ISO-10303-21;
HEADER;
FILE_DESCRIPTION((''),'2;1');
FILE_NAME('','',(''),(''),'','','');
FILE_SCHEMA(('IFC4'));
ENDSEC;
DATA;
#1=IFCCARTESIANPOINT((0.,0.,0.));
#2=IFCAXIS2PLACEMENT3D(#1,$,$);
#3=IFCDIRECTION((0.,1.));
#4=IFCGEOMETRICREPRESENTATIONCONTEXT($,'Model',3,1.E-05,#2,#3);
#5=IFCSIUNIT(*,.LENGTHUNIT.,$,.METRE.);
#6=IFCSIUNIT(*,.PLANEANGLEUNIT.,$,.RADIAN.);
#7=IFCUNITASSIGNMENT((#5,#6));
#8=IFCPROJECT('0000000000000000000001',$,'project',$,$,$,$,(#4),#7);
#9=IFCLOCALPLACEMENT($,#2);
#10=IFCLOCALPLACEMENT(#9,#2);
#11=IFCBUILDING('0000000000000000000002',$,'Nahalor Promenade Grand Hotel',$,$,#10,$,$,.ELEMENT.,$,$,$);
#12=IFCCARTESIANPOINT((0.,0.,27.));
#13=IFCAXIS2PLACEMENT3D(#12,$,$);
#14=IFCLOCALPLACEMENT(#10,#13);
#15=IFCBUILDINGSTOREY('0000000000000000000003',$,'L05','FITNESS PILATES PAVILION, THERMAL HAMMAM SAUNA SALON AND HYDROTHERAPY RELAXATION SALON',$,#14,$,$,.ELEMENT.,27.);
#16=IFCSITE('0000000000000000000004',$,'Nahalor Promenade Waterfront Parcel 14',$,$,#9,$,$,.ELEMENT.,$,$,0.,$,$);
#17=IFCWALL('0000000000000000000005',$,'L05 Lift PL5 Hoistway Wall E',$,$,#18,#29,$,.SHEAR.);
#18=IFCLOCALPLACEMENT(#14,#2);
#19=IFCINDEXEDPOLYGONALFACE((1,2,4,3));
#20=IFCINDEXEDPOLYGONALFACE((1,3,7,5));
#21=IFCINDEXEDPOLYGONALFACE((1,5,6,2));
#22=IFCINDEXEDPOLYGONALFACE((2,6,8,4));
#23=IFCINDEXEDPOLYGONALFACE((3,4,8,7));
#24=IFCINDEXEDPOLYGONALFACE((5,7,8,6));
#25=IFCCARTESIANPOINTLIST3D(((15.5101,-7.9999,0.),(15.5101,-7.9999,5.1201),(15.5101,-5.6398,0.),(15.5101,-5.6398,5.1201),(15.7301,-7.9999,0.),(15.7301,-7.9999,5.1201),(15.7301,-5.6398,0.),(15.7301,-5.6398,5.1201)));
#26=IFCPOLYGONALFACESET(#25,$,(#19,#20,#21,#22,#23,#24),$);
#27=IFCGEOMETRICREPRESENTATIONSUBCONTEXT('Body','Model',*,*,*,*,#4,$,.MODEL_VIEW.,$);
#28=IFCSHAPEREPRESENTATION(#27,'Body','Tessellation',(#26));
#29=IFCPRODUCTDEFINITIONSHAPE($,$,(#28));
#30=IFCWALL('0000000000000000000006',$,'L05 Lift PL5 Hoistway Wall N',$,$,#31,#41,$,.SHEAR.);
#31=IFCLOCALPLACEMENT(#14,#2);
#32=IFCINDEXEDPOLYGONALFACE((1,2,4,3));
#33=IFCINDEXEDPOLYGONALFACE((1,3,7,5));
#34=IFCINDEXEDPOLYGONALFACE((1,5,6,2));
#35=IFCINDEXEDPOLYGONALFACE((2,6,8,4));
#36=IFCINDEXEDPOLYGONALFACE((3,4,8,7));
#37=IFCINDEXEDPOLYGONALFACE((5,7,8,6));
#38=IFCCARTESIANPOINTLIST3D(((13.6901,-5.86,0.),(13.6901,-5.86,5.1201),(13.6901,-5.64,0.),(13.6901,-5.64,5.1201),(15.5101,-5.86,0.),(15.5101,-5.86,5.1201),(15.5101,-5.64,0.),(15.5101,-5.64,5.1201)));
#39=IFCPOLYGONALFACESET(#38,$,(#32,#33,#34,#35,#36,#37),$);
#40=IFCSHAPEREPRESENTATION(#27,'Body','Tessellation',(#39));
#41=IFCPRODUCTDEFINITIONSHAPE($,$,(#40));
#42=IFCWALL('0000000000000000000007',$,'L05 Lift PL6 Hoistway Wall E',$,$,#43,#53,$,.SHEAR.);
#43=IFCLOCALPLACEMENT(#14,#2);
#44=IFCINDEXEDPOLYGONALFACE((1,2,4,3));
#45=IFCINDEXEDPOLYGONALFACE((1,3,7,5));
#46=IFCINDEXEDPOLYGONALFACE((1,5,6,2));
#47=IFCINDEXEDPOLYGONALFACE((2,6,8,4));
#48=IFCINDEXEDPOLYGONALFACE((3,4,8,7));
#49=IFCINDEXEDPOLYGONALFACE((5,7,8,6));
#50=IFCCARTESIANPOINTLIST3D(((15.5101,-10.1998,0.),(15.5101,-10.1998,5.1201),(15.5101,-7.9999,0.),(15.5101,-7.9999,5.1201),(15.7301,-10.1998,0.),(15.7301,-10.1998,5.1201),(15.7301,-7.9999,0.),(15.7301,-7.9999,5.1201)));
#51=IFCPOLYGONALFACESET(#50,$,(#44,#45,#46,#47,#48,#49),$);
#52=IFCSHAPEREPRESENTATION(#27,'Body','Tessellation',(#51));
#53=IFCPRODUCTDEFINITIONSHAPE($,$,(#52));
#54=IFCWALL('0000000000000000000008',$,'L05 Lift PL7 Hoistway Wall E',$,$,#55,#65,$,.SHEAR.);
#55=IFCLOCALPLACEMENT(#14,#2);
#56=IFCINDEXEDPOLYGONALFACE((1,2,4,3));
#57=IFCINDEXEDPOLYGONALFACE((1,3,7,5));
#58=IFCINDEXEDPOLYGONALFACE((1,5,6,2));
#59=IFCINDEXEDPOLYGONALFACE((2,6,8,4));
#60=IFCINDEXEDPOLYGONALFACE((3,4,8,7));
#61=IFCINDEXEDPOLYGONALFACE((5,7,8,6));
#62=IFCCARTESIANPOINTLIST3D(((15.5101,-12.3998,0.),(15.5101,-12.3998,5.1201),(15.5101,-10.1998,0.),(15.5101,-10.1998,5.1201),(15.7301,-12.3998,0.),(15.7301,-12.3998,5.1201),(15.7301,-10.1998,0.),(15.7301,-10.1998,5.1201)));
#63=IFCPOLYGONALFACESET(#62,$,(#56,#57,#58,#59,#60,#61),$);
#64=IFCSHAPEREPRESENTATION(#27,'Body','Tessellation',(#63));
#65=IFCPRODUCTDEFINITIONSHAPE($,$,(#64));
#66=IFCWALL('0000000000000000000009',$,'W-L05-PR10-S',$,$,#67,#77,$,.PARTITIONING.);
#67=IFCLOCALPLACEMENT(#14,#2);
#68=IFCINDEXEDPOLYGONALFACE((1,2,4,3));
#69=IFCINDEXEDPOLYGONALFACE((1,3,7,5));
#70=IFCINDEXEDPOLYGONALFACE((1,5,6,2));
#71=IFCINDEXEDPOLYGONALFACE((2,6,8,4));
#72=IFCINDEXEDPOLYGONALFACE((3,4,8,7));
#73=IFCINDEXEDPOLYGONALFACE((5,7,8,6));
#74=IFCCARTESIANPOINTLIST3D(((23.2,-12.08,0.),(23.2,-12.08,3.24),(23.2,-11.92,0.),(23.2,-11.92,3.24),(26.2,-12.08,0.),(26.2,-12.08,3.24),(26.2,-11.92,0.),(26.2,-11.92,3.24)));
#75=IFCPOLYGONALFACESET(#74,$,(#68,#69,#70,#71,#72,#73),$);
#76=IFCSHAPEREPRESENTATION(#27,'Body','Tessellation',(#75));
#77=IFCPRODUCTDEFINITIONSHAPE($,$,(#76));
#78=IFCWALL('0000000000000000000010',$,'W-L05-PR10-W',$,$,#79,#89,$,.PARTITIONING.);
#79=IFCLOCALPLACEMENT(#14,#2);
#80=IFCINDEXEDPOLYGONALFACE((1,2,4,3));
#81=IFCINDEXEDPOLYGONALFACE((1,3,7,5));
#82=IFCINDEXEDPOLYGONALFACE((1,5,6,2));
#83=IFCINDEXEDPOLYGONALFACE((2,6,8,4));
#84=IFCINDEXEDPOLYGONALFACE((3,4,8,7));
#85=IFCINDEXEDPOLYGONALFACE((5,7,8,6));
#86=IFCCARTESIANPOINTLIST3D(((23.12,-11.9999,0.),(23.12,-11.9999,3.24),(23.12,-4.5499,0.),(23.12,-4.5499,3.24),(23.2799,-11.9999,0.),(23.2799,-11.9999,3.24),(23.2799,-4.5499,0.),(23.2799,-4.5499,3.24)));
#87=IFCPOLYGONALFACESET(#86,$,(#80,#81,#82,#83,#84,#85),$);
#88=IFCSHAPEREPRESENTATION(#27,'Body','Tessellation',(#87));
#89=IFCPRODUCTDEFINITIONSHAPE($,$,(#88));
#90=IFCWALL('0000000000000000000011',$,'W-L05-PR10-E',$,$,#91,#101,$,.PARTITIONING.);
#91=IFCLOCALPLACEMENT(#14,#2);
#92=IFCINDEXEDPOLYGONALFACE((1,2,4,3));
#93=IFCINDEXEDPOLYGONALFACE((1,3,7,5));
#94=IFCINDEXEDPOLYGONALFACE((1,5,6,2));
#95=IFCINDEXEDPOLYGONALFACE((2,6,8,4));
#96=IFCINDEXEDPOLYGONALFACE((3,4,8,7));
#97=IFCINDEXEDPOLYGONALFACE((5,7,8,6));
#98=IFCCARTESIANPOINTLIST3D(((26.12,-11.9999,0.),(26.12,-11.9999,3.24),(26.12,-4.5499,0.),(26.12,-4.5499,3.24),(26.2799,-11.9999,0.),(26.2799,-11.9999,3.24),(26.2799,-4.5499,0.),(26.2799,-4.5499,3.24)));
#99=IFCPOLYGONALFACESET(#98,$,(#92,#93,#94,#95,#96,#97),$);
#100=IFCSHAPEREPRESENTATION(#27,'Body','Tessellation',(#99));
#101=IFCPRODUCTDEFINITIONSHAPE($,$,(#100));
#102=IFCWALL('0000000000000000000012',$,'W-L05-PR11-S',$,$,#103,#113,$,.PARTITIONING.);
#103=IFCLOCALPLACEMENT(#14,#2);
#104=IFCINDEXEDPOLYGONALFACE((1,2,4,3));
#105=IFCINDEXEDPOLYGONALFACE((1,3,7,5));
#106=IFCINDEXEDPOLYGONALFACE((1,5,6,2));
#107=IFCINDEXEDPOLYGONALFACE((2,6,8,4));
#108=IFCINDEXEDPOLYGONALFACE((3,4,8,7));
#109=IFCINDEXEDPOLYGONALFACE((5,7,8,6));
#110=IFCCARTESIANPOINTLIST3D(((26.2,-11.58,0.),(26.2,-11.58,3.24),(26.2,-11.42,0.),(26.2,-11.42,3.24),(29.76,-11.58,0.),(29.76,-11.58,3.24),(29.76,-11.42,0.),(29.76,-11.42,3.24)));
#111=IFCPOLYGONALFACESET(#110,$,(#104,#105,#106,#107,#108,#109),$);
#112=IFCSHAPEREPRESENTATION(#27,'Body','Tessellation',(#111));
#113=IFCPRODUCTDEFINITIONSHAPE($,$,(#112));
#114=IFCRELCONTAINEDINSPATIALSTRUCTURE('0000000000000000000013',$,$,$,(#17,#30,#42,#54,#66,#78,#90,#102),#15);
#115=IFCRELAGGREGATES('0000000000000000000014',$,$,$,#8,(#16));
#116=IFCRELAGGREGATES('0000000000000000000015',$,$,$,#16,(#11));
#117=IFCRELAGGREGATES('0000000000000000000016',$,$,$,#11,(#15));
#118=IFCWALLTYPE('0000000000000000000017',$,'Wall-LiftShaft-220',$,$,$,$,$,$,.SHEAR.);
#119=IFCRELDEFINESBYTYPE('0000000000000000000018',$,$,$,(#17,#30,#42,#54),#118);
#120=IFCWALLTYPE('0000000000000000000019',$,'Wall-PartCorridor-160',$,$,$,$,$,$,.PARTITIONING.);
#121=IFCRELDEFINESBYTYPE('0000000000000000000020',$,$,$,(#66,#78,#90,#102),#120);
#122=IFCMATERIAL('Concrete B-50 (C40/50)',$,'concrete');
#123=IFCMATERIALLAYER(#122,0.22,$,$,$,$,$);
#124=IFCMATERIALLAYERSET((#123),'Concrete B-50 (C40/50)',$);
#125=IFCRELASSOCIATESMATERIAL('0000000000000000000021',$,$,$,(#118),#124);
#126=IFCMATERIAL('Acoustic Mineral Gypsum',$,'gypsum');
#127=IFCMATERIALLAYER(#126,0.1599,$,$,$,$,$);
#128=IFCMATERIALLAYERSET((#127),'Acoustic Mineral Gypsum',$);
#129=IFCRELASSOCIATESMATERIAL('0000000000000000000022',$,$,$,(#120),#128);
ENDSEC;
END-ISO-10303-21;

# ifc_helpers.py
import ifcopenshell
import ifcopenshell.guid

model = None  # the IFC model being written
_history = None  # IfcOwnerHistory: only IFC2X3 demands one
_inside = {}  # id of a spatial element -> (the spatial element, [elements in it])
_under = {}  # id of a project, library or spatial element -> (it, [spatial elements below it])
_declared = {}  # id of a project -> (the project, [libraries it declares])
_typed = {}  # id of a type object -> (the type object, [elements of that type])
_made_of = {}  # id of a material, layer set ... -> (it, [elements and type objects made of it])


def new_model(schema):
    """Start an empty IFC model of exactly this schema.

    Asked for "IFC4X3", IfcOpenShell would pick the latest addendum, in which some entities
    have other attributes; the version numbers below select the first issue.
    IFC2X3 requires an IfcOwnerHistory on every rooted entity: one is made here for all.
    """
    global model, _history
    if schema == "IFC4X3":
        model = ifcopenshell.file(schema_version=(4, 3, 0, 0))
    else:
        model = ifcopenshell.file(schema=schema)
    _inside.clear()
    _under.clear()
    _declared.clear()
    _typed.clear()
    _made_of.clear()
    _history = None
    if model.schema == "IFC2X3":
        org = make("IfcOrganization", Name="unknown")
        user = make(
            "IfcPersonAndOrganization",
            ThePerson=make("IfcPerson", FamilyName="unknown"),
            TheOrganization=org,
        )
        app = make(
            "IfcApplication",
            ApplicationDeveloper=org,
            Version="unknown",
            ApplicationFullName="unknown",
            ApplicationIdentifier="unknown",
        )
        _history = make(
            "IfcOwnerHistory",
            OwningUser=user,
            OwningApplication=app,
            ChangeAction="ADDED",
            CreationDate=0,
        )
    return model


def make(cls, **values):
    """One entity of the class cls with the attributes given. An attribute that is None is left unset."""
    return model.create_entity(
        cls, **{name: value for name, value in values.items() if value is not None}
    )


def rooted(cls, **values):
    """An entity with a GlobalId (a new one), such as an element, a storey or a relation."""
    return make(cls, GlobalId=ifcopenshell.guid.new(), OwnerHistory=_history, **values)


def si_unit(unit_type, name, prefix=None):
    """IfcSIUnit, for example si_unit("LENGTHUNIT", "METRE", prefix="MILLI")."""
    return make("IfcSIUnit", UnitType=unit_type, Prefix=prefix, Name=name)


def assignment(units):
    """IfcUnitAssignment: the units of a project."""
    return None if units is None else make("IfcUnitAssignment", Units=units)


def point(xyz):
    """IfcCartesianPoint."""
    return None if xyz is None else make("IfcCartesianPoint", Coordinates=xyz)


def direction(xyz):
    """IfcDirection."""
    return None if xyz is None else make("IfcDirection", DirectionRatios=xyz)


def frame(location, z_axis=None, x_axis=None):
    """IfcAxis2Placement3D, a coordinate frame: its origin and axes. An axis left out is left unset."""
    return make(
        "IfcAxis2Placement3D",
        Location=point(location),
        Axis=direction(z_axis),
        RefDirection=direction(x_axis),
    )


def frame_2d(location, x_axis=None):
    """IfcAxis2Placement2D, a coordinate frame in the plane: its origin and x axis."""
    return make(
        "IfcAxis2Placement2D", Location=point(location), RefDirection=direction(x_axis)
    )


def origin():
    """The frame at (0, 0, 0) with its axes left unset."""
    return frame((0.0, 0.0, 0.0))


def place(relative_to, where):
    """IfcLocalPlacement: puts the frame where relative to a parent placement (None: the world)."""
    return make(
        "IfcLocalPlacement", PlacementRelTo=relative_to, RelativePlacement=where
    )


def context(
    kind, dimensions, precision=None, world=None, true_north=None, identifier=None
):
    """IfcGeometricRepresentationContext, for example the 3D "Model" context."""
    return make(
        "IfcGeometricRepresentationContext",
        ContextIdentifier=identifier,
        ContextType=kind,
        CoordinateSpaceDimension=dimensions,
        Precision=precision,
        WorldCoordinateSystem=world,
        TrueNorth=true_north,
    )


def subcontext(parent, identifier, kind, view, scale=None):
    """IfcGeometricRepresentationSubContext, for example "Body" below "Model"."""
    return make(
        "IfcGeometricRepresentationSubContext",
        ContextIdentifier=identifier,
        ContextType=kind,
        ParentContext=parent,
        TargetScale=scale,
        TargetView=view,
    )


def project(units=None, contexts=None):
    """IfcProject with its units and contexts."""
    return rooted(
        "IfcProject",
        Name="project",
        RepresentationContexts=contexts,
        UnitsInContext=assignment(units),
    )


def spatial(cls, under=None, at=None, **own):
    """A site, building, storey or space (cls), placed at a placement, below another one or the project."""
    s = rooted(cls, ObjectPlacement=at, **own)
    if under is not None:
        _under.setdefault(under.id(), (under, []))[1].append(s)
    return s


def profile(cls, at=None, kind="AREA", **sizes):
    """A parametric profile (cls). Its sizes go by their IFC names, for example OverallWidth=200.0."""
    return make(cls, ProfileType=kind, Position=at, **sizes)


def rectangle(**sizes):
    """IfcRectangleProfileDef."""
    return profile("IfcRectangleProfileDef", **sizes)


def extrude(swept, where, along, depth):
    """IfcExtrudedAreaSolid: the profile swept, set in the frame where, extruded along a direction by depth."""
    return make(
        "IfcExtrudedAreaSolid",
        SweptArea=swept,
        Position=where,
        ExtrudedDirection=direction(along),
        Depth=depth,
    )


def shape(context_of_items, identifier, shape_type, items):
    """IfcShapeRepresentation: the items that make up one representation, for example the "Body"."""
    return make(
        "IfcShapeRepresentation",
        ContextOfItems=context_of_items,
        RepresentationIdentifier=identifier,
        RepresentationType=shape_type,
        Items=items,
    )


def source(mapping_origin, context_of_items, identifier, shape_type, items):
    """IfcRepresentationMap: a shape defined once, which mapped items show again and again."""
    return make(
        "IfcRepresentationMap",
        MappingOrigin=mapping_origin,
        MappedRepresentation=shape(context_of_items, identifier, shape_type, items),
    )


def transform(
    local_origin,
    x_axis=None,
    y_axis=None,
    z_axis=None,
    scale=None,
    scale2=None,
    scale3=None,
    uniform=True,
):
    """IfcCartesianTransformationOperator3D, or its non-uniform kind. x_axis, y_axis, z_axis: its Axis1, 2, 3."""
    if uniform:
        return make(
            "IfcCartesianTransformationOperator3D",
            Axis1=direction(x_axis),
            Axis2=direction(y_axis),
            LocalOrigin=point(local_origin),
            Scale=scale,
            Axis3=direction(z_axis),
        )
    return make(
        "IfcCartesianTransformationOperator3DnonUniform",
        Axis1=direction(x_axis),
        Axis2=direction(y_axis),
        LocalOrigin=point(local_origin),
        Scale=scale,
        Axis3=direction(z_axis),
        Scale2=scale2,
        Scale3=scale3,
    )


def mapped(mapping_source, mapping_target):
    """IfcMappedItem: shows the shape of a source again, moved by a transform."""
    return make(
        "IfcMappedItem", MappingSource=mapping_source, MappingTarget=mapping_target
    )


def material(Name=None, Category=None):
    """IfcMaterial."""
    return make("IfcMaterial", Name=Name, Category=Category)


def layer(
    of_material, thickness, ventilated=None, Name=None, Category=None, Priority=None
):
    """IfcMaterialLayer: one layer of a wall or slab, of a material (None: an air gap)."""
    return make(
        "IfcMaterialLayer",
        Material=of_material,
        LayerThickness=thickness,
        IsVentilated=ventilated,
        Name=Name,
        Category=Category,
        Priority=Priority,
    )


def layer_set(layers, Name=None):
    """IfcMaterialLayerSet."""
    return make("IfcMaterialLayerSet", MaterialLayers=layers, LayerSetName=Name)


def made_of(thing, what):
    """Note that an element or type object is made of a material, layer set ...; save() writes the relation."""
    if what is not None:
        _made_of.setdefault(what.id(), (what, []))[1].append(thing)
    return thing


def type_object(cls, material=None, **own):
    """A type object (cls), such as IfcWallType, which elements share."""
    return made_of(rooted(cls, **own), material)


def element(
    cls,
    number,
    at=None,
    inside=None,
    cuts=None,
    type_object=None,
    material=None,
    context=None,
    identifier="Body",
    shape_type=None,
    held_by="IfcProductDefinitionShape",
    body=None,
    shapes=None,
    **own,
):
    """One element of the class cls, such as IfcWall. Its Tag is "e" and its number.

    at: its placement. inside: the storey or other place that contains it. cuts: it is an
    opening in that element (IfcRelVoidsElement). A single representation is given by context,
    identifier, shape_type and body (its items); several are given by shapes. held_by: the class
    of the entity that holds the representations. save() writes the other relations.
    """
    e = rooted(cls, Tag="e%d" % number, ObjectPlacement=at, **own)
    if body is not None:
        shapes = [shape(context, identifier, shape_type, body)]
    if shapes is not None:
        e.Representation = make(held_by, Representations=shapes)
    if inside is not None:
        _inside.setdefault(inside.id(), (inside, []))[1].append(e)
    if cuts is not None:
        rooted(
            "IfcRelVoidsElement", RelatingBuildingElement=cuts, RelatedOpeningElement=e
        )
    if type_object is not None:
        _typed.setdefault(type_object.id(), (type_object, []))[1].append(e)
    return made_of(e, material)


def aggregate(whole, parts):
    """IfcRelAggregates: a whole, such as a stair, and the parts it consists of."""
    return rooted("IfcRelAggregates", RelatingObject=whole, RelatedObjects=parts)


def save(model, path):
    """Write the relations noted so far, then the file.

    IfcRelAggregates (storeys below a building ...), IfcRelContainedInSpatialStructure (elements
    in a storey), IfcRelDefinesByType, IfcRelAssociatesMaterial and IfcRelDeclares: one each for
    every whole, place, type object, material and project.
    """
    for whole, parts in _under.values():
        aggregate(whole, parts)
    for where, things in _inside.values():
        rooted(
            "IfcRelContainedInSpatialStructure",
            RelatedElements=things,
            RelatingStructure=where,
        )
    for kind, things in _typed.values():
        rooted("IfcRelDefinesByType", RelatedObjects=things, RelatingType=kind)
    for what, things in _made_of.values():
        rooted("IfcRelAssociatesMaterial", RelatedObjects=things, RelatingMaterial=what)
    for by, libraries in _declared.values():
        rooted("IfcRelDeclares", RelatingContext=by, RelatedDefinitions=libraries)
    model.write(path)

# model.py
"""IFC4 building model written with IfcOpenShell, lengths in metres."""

from ifc_helpers import new_model, si_unit, direction, frame, frame_2d, origin, place, context, subcontext, project, spatial, rectangle, extrude, source, transform, mapped, material, layer, layer_set, type_object, element, save


model = new_model("IFC4")

# Units and contexts
model_context = context("Model", 3, precision=1e-05, world=origin(), true_north=direction((0.0, 1.0)))
body_context = subcontext(model_context, "Body", "Model", "MODEL_VIEW")
ifc_project = project(units=[si_unit("LENGTHUNIT", "METRE"), si_unit("PLANEANGLEUNIT", "RADIAN")], contexts=[model_context])

# Site, building, storey
site_placement = place(None, origin())
site = spatial("IfcSite", under=ifc_project, at=site_placement, Name="Nahalor Promenade Waterfront Parcel 14", CompositionType="ELEMENT", RefElevation=0.0)
building_placement = place(site_placement, origin())
building = spatial("IfcBuilding", under=site, at=building_placement, Name="Nahalor Promenade Grand Hotel", CompositionType="ELEMENT")
storey_placement = place(building_placement, frame((0.0, 0.0, 27.0)))
storey = spatial("IfcBuildingStorey", under=building, at=storey_placement, Name="L05", Description="FITNESS PILATES PAVILION, THERMAL HAMMAM SAUNA SALON AND HYDROTHERAPY RELAXATION SALON", CompositionType="ELEMENT", Elevation=27.0)

# Shared definitions
ifc_material_1 = material(Name="Concrete B-50 (C40/50)", Category="concrete")

# Walls
ifc_layer_1 = layer(ifc_material_1, 0.22)
ifc_layer_set_1 = layer_set([ifc_layer_1], Name="Concrete B-50 (C40/50)")
wall_type_1 = type_object("IfcWallType", Name="Wall-LiftShaft-220", PredefinedType="SHEAR", material=ifc_layer_set_1)
shared_shape_1 = source(origin(), body_context, "Body", "SweptSolid", [
    extrude(rectangle(XDim=2.3601, YDim=0.22, at=frame_2d((1.1802, 0.0))), origin(), (0.0, 0.0, 1.0), 5.1201),
])
wall_1_placement = place(storey_placement, frame((15.6201, -8.0, 0.0), z_axis=(0.0, 0.0, 1.0), x_axis=(0.0, 1.0, 0.0)))
element("IfcWall", 1, at=wall_1_placement, inside=storey, type_object=wall_type_1, Name="L05 Lift PL5 Hoistway Wall E", PredefinedType="SHEAR", context=body_context, shape_type="MappedRepresentation", body=[
    mapped(shared_shape_1, transform((0.0, 0.0, 0.0), scale=1.0)),
])
shared_shape_2 = source(origin(), body_context, "Body", "SweptSolid", [
    extrude(rectangle(XDim=1.8201, YDim=0.22, at=frame_2d((0.9102, 0.0))), origin(), (0.0, 0.0, 1.0), 5.1201),
])
wall_2_placement = place(storey_placement, frame((13.6899, -5.75, 0.0), z_axis=(0.0, 0.0, 1.0), x_axis=(1.0, 0.0, 0.0)))
element("IfcWall", 2, at=wall_2_placement, inside=storey, type_object=wall_type_1, Name="L05 Lift PL5 Hoistway Wall N", PredefinedType="SHEAR", context=body_context, shape_type="MappedRepresentation", body=[
    mapped(shared_shape_2, transform((0.0, 0.0, 0.0), scale=1.0)),
])
shared_shape_3 = source(origin(), body_context, "Body", "SweptSolid", [
    extrude(rectangle(XDim=2.2, YDim=0.22, at=frame_2d((1.1001, 0.0))), origin(), (0.0, 0.0, 1.0), 5.1201),
])
for number, where, z_axis, x_axis, name in (
    (3, (15.6201, -10.2, 0.0), (0.0, 0.0, 1.0), (0.0, 1.0, 0.0), "L05 Lift PL6 Hoistway Wall E"),
    (4, (15.6201, -12.3999, 0.0), (0.0, 0.0, 1.0), (0.0, 1.0, 0.0), "L05 Lift PL7 Hoistway Wall E"),
):
    element("IfcWall", number, at=place(storey_placement, frame(where, z_axis=z_axis, x_axis=x_axis)), inside=storey, type_object=wall_type_1, Name=name, PredefinedType="SHEAR", context=body_context, shape_type="MappedRepresentation", body=[
        mapped(shared_shape_3, transform((0.0, 0.0, 0.0), scale=1.0)),
    ])
ifc_material_2 = material(Name="Acoustic Mineral Gypsum", Category="gypsum")
ifc_layer_2 = layer(ifc_material_2, 0.1599)
ifc_layer_set_2 = layer_set([ifc_layer_2], Name="Acoustic Mineral Gypsum")
wall_type_2 = type_object("IfcWallType", Name="Wall-PartCorridor-160", PredefinedType="PARTITIONING", material=ifc_layer_set_2)
shared_shape_4 = source(origin(), body_context, "Body", "SweptSolid", [
    extrude(rectangle(XDim=3.0, YDim=0.1599, at=frame_2d((1.5, 0.0))), origin(), (0.0, 0.0, 1.0), 3.24),
])
wall_3_placement = place(storey_placement, frame((23.2, -12.0, 0.0), z_axis=(0.0, 0.0, 1.0), x_axis=(1.0, 0.0, 0.0)))
element("IfcWall", 5, at=wall_3_placement, inside=storey, type_object=wall_type_2, Name="W-L05-PR10-S", PredefinedType="PARTITIONING", context=body_context, shape_type="MappedRepresentation", body=[
    mapped(shared_shape_4, transform((0.0, 0.0, 0.0), scale=1.0)),
])
shared_shape_5 = source(origin(), body_context, "Body", "SweptSolid", [
    extrude(rectangle(XDim=7.45, YDim=0.1599, at=frame_2d((3.7251, 0.0))), origin(), (0.0, 0.0, 1.0), 3.24),
])
for number, where, z_axis, x_axis, name in (
    (6, (23.2, -12.0, 0.0), (0.0, 0.0, 1.0), (0.0, 1.0, 0.0), "W-L05-PR10-W"),
    (7, (26.2, -12.0, 0.0), (0.0, 0.0, 1.0), (0.0, 1.0, 0.0), "W-L05-PR10-E"),
):
    element("IfcWall", number, at=place(storey_placement, frame(where, z_axis=z_axis, x_axis=x_axis)), inside=storey, type_object=wall_type_2, Name=name, PredefinedType="PARTITIONING", context=body_context, shape_type="MappedRepresentation", body=[
        mapped(shared_shape_5, transform((0.0, 0.0, 0.0), scale=1.0)),
    ])
shared_shape_6 = source(origin(), body_context, "Body", "SweptSolid", [
    extrude(rectangle(XDim=3.5601, YDim=0.1599, at=frame_2d((1.78, 0.0))), origin(), (0.0, 0.0, 1.0), 3.24),
])
wall_4_placement = place(storey_placement, frame((26.2, -11.5, 0.0), z_axis=(0.0, 0.0, 1.0), x_axis=(1.0, 0.0, 0.0)))
element("IfcWall", 8, at=wall_4_placement, inside=storey, type_object=wall_type_2, Name="W-L05-PR11-S", PredefinedType="PARTITIONING", context=body_context, shape_type="MappedRepresentation", body=[
    mapped(shared_shape_6, transform((0.0, 0.0, 0.0), scale=1.0)),
])

save(model, "model.ifc")
